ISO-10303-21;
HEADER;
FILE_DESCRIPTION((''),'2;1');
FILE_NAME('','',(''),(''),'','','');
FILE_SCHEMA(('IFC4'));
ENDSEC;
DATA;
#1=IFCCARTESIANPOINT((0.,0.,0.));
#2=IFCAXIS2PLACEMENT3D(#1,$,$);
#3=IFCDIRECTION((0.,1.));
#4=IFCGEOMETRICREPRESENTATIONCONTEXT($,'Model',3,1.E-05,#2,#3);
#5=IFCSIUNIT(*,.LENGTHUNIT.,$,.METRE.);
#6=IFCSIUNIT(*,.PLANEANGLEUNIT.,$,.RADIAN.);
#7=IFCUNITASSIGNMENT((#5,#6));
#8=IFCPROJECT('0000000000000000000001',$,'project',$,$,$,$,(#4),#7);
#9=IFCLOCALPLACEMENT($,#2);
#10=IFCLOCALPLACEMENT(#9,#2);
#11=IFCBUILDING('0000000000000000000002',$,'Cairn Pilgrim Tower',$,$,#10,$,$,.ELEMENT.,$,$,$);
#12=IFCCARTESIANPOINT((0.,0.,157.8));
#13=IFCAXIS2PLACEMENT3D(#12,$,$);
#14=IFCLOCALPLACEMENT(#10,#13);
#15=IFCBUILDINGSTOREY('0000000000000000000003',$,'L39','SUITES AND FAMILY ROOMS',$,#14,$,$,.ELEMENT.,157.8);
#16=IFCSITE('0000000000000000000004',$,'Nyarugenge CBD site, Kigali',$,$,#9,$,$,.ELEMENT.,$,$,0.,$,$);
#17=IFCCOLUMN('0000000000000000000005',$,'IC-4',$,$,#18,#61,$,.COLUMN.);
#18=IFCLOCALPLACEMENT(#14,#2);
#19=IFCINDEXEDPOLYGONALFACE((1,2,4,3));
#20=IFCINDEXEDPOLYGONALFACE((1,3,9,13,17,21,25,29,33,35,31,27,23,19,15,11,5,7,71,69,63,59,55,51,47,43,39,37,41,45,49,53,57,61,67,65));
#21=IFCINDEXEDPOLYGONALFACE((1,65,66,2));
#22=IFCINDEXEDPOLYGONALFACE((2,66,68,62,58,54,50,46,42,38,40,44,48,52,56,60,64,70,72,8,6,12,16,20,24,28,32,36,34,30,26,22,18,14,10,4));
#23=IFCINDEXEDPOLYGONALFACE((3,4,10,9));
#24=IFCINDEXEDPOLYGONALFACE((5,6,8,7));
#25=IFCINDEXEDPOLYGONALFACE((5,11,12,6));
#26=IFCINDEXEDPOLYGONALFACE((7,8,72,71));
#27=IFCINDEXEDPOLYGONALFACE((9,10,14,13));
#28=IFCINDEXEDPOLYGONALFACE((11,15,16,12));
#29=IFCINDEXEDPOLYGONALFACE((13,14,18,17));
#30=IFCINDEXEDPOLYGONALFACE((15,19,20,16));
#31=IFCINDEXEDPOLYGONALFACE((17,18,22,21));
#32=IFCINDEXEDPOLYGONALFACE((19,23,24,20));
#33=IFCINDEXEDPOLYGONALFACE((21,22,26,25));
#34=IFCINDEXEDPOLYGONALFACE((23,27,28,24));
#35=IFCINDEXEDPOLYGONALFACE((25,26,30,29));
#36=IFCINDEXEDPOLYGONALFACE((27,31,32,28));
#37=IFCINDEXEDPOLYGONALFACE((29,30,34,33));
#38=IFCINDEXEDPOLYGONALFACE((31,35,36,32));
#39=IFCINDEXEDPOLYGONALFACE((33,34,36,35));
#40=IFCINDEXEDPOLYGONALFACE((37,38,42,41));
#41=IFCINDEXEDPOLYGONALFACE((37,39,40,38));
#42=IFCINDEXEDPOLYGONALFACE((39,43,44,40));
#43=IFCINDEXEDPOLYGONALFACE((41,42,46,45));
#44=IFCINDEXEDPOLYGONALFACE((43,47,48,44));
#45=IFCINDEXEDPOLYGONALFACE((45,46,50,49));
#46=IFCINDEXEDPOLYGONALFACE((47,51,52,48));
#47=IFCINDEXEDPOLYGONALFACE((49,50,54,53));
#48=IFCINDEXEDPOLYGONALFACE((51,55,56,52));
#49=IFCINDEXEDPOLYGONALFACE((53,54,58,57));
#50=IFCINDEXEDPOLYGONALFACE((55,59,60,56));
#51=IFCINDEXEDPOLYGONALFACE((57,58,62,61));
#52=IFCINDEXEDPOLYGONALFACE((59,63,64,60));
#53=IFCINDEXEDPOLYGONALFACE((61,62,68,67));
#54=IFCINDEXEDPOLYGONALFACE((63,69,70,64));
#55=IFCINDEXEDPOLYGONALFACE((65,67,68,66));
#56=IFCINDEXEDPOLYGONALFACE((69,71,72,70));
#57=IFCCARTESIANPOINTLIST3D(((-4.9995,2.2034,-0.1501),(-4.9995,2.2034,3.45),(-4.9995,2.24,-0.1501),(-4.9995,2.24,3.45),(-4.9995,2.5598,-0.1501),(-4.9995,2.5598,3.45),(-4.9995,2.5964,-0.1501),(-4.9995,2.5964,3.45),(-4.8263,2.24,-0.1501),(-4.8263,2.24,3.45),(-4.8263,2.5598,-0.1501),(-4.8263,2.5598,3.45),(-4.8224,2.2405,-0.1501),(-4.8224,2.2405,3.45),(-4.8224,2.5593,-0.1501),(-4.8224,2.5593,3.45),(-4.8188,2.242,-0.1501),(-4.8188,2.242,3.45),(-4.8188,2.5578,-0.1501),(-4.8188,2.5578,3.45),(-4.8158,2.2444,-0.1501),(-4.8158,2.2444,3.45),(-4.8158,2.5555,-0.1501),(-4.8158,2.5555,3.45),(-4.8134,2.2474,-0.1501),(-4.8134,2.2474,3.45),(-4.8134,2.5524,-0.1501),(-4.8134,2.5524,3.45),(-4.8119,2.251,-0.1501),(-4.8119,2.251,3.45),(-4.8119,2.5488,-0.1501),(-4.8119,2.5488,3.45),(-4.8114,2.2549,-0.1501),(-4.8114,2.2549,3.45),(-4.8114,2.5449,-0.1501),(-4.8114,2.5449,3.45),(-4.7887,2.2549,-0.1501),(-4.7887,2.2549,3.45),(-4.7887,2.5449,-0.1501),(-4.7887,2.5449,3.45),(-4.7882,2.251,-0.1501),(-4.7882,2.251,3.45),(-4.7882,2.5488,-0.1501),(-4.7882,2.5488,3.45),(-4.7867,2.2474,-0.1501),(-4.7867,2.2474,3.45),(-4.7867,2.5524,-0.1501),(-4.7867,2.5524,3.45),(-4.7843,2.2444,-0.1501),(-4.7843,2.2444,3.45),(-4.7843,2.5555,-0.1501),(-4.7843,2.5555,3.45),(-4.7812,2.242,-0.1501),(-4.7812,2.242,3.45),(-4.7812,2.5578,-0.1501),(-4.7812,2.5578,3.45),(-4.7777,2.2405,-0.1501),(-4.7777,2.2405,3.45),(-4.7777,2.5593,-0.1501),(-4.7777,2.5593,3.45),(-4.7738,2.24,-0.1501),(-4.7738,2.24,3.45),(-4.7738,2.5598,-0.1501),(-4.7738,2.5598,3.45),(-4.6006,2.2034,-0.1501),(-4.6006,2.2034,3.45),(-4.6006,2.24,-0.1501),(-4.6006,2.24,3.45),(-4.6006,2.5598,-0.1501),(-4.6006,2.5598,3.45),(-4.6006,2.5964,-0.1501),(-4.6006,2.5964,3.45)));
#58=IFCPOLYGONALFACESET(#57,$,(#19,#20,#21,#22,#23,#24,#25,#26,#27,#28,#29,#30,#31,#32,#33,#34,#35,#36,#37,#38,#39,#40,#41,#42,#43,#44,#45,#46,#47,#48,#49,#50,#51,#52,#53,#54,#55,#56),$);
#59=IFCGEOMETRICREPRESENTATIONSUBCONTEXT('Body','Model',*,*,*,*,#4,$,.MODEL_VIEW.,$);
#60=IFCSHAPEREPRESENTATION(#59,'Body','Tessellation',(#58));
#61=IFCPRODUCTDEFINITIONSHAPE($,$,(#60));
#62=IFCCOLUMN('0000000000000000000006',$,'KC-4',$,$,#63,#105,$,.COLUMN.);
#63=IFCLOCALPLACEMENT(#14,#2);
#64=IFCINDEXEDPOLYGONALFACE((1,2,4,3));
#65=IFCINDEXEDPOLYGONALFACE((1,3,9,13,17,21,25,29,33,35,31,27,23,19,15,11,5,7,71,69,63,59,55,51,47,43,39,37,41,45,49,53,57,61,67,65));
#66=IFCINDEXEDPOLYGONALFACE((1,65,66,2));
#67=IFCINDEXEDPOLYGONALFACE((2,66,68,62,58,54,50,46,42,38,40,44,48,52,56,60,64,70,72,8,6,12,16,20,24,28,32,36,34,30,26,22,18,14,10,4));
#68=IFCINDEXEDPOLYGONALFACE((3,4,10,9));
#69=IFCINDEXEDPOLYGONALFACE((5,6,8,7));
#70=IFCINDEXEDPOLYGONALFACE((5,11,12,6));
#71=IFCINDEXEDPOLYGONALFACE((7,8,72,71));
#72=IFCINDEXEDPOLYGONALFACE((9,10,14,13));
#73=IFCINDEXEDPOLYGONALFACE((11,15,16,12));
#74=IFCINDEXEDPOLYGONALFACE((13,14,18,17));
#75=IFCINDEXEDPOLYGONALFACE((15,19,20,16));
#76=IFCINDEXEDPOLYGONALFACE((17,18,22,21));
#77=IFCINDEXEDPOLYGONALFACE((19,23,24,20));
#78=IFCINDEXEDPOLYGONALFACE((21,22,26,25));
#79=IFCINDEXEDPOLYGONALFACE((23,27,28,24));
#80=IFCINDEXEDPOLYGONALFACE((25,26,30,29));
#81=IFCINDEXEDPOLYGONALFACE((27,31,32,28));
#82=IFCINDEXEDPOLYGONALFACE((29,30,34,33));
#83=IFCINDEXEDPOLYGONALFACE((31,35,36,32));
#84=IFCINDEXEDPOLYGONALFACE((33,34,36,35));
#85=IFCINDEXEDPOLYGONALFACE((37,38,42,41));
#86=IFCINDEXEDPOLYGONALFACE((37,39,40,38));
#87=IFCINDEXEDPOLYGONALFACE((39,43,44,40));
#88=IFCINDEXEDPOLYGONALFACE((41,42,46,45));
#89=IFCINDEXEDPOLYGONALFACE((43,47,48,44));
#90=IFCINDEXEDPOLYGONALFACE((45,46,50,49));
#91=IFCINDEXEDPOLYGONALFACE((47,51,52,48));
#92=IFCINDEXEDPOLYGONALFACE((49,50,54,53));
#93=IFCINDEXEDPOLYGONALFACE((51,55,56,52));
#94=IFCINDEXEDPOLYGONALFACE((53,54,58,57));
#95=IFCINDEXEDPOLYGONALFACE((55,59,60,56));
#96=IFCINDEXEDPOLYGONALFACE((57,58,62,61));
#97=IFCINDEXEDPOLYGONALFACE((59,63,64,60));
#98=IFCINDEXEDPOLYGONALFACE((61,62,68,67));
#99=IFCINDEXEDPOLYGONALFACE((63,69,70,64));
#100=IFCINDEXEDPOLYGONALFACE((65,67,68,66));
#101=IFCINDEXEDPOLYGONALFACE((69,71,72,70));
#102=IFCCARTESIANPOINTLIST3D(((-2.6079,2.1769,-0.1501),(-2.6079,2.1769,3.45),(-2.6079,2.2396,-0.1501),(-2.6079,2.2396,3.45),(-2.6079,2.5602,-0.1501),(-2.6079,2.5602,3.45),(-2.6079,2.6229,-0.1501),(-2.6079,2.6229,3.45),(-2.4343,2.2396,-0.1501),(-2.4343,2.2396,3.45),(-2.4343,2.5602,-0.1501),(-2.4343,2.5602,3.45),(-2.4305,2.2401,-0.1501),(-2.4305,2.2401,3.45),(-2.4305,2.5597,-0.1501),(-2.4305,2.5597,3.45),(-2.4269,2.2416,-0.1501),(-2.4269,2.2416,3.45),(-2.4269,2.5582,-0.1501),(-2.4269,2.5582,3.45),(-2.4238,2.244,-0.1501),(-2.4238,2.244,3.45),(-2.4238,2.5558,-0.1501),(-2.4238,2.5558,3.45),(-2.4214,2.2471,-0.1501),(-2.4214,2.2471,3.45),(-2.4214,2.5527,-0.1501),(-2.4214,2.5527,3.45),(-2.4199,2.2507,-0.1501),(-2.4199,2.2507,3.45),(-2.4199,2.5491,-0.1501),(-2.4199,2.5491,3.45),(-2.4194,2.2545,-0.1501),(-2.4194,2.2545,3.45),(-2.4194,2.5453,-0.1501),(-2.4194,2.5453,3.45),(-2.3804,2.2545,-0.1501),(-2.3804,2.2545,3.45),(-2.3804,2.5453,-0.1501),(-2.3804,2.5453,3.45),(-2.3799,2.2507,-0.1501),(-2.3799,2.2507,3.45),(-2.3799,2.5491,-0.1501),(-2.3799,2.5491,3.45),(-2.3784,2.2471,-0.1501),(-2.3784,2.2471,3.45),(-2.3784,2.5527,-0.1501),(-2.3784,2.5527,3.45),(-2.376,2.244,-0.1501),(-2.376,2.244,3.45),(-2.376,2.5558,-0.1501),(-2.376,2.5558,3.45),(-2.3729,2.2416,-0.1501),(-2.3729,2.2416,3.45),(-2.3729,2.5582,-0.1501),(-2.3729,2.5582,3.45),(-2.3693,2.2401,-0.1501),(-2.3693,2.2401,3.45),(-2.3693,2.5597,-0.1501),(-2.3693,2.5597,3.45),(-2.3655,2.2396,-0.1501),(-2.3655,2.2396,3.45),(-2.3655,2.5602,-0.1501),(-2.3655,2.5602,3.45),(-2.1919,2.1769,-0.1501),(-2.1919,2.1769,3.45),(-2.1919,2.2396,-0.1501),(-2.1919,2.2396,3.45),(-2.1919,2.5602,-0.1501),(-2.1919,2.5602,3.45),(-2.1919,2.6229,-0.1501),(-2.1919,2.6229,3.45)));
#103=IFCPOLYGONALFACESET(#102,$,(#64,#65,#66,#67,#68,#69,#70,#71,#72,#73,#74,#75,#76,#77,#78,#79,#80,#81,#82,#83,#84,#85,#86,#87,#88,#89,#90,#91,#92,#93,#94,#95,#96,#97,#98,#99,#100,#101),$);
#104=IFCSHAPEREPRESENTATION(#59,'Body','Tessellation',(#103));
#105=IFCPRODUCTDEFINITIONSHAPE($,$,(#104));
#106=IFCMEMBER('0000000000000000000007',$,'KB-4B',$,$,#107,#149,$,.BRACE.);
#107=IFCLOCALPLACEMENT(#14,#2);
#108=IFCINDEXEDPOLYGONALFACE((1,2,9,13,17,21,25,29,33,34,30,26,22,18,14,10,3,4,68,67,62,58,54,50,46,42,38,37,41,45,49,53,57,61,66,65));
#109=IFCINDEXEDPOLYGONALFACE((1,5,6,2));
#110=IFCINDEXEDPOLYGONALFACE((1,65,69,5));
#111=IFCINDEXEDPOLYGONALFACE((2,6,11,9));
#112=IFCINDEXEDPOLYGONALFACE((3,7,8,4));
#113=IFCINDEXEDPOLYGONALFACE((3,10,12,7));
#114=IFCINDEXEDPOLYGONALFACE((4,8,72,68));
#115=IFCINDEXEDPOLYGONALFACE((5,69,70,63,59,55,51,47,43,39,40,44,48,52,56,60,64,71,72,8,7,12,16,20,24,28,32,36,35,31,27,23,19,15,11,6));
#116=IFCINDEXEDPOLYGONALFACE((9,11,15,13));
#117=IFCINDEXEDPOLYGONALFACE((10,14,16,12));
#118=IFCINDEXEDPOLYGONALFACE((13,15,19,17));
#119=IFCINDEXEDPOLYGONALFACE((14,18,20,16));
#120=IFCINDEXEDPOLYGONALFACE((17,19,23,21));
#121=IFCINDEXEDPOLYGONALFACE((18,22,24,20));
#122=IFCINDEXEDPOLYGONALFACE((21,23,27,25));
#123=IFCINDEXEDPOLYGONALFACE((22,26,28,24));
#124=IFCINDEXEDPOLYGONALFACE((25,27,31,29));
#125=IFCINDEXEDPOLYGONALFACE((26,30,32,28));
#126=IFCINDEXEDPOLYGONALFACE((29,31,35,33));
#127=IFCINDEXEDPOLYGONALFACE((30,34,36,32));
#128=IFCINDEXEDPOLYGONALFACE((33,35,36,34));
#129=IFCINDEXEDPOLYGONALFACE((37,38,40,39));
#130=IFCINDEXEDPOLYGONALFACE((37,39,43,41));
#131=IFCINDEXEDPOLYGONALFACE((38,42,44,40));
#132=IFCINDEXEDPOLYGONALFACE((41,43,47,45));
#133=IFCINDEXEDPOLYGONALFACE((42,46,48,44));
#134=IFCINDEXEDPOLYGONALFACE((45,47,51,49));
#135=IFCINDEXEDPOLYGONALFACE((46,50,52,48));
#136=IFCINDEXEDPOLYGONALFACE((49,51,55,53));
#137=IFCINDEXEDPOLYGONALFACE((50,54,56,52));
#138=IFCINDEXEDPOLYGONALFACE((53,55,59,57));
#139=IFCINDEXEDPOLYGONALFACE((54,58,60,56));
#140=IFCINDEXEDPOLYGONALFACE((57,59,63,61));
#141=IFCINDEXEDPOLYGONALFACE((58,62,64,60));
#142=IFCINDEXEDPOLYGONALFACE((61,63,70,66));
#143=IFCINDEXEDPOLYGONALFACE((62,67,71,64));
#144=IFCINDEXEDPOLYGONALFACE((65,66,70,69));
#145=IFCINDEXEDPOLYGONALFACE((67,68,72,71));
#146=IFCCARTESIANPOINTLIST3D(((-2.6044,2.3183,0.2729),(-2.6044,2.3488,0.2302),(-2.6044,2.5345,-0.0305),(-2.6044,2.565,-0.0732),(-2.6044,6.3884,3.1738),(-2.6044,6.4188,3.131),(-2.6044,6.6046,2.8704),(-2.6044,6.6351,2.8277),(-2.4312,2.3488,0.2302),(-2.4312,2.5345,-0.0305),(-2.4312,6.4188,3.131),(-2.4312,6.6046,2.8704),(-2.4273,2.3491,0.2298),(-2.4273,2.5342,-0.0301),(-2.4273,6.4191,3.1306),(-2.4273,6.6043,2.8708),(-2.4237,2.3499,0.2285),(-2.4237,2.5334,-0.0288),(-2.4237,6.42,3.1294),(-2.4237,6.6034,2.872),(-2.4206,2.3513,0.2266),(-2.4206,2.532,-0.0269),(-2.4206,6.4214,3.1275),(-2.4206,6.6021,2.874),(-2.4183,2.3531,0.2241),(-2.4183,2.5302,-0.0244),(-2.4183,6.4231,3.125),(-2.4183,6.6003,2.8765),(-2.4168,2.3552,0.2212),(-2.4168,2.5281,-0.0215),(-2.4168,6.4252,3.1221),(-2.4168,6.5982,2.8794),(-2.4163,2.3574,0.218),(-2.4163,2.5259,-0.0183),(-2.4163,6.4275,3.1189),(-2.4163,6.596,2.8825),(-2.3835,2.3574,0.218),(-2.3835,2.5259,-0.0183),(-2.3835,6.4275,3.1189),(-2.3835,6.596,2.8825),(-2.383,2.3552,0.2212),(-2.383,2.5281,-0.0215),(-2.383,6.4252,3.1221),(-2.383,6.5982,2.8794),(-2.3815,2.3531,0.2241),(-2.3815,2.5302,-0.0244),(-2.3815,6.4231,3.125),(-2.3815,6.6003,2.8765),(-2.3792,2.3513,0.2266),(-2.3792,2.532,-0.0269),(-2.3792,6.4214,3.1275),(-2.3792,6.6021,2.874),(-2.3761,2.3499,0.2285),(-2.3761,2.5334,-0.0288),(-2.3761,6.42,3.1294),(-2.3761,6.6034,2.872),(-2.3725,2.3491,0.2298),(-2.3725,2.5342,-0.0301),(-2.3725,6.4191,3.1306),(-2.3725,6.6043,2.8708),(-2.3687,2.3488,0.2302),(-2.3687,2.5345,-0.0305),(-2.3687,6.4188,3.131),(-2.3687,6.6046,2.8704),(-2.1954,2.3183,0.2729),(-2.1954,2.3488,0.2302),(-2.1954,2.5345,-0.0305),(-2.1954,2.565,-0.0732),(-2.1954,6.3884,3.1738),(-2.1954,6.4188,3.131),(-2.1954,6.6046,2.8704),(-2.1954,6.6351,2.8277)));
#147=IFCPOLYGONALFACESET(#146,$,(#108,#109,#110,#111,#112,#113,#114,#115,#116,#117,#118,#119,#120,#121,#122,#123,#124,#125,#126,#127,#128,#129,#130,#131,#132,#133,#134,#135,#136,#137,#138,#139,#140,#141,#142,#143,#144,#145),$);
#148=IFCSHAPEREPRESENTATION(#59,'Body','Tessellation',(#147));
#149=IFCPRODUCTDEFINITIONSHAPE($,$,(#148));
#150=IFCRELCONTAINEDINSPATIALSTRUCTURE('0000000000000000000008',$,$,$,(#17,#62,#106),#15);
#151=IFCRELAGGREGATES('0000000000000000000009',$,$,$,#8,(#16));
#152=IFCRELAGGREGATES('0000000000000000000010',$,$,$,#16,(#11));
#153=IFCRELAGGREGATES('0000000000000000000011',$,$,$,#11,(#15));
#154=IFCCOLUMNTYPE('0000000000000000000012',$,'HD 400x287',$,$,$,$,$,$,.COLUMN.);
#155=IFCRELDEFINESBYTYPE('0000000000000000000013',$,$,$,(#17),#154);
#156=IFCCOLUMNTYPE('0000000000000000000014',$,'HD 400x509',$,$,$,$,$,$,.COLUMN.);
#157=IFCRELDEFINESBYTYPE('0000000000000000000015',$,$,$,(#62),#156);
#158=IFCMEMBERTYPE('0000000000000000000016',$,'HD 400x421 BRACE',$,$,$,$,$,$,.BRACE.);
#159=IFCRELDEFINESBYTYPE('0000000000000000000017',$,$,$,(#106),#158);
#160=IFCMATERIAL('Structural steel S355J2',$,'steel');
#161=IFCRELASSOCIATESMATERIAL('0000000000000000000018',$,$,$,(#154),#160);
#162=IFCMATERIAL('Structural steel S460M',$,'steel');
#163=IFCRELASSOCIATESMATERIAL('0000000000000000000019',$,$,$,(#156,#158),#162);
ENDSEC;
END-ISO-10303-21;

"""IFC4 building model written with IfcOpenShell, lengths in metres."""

from ifc_helpers import new_model, si_unit, direction, frame, origin, origin_2d, place, context, subcontext, project, spatial, i_section, extrude, material, material_profile, profile_set, type_object, element, save


model = new_model("IFC4")

# Units and contexts
model_context = context("Model", 3, precision=1e-05, world=origin(), true_north=direction((0.0, 1.0)))
body_context = subcontext(model_context, "Body", "Model", "MODEL_VIEW")
ifc_project = project(units=[si_unit("LENGTHUNIT", "METRE"), si_unit("PLANEANGLEUNIT", "RADIAN")], contexts=[model_context])

# Site, building, storey
site_placement = place(None, origin())
site = spatial("IfcSite", under=ifc_project, at=site_placement, Name="Nyarugenge CBD site, Kigali", CompositionType="ELEMENT", RefElevation=0.0)
building_placement = place(site_placement, origin())
building = spatial("IfcBuilding", under=site, at=building_placement, Name="Cairn Pilgrim Tower", CompositionType="ELEMENT")
storey_placement = place(building_placement, frame((0.0, 0.0, 157.8)))
storey = spatial("IfcBuildingStorey", under=building, at=storey_placement, Name="L39", Description="SUITES AND FAMILY ROOMS", CompositionType="ELEMENT", Elevation=157.8)

# Columns
ifc_material_1 = material(Name="Structural steel S355J2", Category="steel")
ifc_material_profile_1 = material_profile(ifc_material_1, i_section(OverallWidth=0.3989, OverallDepth=0.3931, WebThickness=0.0227, FlangeThickness=0.0366, FilletRadius=0.0149, at=origin_2d()), Name="HD 400x287")
ifc_profile_set_1 = profile_set([ifc_material_profile_1], Name="Structural steel S355J2")
column_type_1 = type_object("IfcColumnType", Name="HD 400x287", PredefinedType="COLUMN", material=ifc_profile_set_1)
column_1_placement = place(storey_placement, frame((-4.8, 2.3999, -0.1501), z_axis=(0.0, 0.0, 1.0), x_axis=(1.0, 0.0, 0.0)))
element("IfcColumn", 1, at=column_1_placement, inside=storey, type_object=column_type_1, Name="IC-4", PredefinedType="COLUMN", context=body_context, shape_type="SweptSolid", body=[
    extrude(i_section(OverallWidth=0.3989, OverallDepth=0.3931, WebThickness=0.0227, FlangeThickness=0.0366, FilletRadius=0.0149, at=origin_2d()), origin(), (0.0, 0.0, 1.0), 3.6001),
])
ifc_material_2 = material(Name="Structural steel S460M", Category="steel")
ifc_material_profile_2 = material_profile(ifc_material_2, i_section(OverallWidth=0.416, OverallDepth=0.446, WebThickness=0.0391, FlangeThickness=0.0627, FilletRadius=0.0149, at=origin_2d()), Name="HD 400x509")
ifc_profile_set_2 = profile_set([ifc_material_profile_2], Name="Structural steel S460M")
column_type_2 = type_object("IfcColumnType", Name="HD 400x509", PredefinedType="COLUMN", material=ifc_profile_set_2)
column_2_placement = place(storey_placement, frame((-2.3999, 2.3999, -0.1501), z_axis=(0.0, 0.0, 1.0), x_axis=(1.0, 0.0, 0.0)))
element("IfcColumn", 2, at=column_2_placement, inside=storey, type_object=column_type_2, Name="KC-4", PredefinedType="COLUMN", context=body_context, shape_type="SweptSolid", body=[
    extrude(i_section(OverallWidth=0.416, OverallDepth=0.446, WebThickness=0.0391, FlangeThickness=0.0627, FilletRadius=0.0149, at=origin_2d()), origin(), (0.0, 0.0, 1.0), 3.6001),
])

# Member
ifc_material_profile_3 = material_profile(ifc_material_2, i_section(OverallWidth=0.4089, OverallDepth=0.425, WebThickness=0.0327, FlangeThickness=0.0525, FilletRadius=0.0149, at=origin_2d()), Name="HD 400x421")
ifc_profile_set_3 = profile_set([ifc_material_profile_3], Name="Structural steel S460M")
member_type = type_object("IfcMemberType", Name="HD 400x421 BRACE", PredefinedType="BRACE", material=ifc_profile_set_3)
member_placement = place(storey_placement, frame((-2.3999, 2.4417, 0.0999), z_axis=(0.0, 0.81433, 0.580402), x_axis=(-1.0, 0.0, 0.0)))
element("IfcMember", 3, at=member_placement, inside=storey, type_object=member_type, Name="KB-4B", PredefinedType="BRACE", context=body_context, shape_type="SweptSolid", body=[
    extrude(i_section(OverallWidth=0.4089, OverallDepth=0.425, WebThickness=0.0327, FlangeThickness=0.0525, FilletRadius=0.0149, at=origin_2d()), origin(), (0.0, 0.0, 1.0), 4.998),
])

save(model, "model.ifc")
